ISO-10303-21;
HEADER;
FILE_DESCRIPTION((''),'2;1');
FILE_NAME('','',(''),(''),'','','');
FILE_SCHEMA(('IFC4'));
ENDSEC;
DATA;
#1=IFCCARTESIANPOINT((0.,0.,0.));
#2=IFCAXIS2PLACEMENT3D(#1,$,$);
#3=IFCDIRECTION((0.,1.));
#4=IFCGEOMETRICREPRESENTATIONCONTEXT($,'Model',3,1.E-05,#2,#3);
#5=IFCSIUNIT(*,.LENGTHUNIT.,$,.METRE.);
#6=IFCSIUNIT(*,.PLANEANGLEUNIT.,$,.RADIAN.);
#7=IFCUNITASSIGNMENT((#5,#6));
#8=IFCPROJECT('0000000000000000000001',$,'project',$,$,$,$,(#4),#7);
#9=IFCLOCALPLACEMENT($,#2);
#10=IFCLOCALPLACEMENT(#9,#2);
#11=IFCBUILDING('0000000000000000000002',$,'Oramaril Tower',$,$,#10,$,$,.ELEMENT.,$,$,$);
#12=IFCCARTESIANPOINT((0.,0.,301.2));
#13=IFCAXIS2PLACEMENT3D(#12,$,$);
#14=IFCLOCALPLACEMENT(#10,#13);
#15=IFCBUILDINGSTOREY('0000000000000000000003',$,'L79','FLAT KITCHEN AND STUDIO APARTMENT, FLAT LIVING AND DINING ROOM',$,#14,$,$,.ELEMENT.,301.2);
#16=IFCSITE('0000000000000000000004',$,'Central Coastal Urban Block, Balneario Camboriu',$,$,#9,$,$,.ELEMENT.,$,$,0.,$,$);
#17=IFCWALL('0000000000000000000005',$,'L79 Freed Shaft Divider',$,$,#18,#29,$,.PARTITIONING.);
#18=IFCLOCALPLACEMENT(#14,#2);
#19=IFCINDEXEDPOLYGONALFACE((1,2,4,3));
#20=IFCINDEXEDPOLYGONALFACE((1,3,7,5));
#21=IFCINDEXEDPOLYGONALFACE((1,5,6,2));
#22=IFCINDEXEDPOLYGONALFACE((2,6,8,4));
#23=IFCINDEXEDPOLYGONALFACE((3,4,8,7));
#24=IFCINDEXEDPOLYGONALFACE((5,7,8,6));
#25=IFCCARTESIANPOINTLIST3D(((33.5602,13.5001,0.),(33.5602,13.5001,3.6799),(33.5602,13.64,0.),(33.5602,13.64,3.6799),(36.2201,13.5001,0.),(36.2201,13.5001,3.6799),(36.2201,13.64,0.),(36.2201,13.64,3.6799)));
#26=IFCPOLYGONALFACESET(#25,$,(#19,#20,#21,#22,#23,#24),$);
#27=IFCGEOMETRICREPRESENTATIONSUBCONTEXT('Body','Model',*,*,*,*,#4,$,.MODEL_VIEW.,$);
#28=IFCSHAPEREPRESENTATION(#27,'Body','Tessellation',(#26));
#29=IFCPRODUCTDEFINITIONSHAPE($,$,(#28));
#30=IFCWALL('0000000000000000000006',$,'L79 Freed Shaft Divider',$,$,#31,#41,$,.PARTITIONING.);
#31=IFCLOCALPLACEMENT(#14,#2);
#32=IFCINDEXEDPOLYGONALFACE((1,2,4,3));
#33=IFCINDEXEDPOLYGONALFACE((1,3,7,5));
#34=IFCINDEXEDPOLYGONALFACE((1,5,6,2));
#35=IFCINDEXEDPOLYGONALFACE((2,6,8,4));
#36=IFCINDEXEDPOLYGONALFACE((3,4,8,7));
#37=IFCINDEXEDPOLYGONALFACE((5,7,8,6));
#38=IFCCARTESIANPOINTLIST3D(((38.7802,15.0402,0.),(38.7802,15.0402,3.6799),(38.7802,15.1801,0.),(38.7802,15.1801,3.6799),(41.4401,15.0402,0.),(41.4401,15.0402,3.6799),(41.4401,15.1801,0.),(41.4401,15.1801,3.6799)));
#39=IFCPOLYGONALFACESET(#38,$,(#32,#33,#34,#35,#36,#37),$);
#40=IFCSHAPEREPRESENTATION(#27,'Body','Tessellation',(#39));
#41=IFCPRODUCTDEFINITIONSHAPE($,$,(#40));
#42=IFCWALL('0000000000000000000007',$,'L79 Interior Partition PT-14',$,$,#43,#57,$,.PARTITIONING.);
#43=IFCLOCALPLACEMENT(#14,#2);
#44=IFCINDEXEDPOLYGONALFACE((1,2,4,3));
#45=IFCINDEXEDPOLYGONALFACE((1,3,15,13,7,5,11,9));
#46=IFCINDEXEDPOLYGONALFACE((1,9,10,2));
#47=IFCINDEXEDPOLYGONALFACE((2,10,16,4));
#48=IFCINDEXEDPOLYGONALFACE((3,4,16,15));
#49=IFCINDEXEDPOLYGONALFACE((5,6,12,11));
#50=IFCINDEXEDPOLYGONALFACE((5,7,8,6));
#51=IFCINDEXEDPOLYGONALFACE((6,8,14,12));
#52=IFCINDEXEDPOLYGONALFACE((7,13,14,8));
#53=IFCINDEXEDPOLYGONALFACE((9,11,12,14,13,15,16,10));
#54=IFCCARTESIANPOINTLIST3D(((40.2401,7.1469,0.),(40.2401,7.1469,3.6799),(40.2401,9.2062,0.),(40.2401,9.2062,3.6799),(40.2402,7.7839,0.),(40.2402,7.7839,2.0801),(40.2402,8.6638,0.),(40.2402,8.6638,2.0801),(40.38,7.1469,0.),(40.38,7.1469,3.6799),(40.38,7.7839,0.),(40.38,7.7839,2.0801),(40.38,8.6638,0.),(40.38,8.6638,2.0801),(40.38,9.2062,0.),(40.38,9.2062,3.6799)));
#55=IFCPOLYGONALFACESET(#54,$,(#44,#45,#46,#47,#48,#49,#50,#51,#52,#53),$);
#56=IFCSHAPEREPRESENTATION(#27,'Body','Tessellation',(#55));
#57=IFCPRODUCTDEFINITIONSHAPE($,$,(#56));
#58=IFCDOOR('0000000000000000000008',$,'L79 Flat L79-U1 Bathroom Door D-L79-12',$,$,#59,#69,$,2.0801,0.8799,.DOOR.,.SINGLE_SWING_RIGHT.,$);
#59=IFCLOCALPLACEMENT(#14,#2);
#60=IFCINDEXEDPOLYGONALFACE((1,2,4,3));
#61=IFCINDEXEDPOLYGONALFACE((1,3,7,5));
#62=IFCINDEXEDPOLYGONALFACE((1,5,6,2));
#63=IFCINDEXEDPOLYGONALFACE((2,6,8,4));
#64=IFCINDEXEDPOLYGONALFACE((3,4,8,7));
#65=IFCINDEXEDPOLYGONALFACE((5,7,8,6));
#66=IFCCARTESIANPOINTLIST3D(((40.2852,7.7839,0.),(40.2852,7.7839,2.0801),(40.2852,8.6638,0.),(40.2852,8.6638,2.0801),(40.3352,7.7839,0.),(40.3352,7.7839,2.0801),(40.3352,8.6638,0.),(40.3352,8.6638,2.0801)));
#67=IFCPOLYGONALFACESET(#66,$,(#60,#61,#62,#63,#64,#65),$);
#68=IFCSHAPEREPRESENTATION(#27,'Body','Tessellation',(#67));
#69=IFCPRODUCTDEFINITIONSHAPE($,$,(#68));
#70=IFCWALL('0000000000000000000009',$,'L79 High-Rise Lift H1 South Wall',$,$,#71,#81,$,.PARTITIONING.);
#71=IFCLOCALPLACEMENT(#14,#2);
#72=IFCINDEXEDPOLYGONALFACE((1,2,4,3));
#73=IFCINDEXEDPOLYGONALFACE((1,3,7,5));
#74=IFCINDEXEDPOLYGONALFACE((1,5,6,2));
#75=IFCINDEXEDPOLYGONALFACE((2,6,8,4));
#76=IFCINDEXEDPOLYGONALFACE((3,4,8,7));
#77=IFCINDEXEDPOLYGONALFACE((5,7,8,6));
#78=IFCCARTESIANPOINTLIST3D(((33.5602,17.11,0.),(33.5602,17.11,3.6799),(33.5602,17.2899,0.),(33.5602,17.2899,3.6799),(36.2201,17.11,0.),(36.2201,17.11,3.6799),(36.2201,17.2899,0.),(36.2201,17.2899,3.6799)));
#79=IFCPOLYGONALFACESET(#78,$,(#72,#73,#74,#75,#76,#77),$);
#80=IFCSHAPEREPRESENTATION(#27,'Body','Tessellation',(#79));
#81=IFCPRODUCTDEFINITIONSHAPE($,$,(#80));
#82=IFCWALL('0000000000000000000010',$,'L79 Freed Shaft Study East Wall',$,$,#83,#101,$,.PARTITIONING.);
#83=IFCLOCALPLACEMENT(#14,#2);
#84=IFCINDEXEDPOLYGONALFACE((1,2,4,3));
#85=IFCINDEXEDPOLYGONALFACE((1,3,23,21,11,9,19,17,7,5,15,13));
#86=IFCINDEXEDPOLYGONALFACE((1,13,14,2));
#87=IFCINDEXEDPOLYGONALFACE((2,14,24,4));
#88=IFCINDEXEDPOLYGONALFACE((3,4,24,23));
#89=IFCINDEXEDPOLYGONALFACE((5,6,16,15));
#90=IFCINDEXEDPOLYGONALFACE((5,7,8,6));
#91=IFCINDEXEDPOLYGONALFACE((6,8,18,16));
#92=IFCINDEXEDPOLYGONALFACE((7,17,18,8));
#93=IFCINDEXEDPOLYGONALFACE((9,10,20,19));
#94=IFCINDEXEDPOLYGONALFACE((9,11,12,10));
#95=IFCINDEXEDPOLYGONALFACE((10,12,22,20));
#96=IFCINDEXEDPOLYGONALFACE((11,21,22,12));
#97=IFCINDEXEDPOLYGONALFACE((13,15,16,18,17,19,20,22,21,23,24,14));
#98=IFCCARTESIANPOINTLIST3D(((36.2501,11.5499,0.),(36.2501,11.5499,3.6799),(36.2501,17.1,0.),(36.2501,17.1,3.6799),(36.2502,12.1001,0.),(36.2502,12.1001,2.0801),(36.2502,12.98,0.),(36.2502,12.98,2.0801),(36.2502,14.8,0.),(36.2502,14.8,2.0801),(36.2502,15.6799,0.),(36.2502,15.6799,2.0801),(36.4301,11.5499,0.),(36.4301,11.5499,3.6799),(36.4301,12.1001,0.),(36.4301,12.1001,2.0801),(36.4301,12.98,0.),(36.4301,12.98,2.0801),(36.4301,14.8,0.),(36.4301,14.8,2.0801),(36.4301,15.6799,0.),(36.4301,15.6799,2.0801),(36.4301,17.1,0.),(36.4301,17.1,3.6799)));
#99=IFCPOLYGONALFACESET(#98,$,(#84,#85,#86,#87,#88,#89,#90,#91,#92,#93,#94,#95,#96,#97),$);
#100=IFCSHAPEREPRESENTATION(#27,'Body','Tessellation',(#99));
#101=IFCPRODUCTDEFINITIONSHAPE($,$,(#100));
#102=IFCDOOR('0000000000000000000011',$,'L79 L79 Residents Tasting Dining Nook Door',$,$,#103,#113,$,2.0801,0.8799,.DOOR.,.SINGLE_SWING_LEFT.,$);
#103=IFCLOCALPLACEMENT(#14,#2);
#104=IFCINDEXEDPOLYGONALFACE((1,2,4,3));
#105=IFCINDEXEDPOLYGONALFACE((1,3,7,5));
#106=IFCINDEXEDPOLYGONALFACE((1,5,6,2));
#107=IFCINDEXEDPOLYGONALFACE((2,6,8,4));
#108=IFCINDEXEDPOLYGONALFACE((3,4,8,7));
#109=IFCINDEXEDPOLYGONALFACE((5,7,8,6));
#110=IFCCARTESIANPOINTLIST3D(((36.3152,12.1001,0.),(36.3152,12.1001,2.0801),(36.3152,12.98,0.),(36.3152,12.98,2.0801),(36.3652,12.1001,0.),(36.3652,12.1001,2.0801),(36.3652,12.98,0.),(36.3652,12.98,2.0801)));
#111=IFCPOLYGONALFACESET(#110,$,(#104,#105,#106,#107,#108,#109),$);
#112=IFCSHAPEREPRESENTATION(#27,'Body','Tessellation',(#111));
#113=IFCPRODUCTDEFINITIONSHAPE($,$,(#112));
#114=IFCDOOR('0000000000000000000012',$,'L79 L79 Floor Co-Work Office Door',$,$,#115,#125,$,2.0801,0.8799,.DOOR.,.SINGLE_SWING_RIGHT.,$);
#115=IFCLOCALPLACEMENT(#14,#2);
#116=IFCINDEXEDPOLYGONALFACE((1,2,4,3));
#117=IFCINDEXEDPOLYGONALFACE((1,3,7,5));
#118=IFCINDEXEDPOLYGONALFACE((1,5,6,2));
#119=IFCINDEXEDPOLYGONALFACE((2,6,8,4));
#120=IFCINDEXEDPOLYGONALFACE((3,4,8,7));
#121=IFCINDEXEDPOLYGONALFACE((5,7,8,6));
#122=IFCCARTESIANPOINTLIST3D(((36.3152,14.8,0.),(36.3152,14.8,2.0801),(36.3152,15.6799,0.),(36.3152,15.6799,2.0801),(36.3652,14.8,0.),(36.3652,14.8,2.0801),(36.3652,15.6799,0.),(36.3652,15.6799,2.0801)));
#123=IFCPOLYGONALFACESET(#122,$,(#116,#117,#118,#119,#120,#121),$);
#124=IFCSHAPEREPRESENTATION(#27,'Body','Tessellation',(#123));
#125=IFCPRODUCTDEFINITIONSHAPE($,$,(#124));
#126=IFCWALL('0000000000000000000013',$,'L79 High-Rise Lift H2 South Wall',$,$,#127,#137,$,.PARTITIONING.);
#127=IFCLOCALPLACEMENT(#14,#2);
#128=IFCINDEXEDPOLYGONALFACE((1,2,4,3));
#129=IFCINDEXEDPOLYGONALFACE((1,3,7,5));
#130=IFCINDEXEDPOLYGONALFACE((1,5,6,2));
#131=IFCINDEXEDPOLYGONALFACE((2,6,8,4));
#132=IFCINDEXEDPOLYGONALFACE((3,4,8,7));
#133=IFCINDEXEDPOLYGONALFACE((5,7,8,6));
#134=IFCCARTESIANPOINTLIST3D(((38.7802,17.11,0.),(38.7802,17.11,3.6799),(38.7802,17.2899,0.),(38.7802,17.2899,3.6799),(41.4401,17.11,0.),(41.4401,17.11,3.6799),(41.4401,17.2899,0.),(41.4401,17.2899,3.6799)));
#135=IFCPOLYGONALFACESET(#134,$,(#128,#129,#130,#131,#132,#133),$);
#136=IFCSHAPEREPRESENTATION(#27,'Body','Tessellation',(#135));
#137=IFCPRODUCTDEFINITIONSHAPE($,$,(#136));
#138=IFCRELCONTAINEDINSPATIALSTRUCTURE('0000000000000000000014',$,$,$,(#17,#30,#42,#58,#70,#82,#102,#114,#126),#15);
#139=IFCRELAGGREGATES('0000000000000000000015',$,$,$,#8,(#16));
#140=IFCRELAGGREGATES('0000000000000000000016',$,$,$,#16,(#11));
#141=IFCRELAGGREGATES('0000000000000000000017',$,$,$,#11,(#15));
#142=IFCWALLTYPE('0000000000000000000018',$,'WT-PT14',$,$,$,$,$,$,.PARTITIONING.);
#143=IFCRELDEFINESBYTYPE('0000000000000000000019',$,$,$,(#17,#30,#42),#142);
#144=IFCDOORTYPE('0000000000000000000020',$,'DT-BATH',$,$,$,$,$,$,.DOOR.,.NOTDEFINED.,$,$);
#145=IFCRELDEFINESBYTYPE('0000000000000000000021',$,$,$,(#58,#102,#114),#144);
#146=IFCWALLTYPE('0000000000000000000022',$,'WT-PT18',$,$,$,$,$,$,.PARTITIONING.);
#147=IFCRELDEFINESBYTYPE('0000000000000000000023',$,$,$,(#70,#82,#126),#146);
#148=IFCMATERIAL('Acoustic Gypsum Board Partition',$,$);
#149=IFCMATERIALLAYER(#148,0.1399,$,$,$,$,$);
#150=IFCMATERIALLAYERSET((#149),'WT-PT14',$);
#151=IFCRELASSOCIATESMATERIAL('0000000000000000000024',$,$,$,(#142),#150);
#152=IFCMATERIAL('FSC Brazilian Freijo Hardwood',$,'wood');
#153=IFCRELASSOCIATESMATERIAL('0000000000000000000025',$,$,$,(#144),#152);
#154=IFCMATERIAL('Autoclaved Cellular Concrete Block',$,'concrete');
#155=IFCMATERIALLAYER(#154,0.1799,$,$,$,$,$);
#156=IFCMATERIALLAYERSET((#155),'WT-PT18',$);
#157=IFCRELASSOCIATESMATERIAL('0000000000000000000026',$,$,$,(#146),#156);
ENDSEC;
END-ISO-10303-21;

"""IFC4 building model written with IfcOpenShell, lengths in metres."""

from ifc_helpers import new_model, si_unit, direction, frame, frame_2d, origin, place, context, subcontext, project, spatial, rectangle, extrude, material, layer, layer_set, type_object, element, fill, save


model = new_model("IFC4")

# Units and contexts
model_context = context("Model", 3, precision=1e-05, world=origin(), true_north=direction((0.0, 1.0)))
body_context = subcontext(model_context, "Body", "Model", "MODEL_VIEW")
ifc_project = project(units=[si_unit("LENGTHUNIT", "METRE"), si_unit("PLANEANGLEUNIT", "RADIAN")], contexts=[model_context])

# Site, building, storey
site_placement = place(None, origin())
site = spatial("IfcSite", under=ifc_project, at=site_placement, Name="Central Coastal Urban Block, Balneario Camboriu", CompositionType="ELEMENT", RefElevation=0.0)
building_placement = place(site_placement, origin())
building = spatial("IfcBuilding", under=site, at=building_placement, Name="Oramaril Tower", CompositionType="ELEMENT")
storey_placement = place(building_placement, frame((0.0, 0.0, 301.2)))
storey = spatial("IfcBuildingStorey", under=building, at=storey_placement, Name="L79", Description="FLAT KITCHEN AND STUDIO APARTMENT, FLAT LIVING AND DINING ROOM", CompositionType="ELEMENT", Elevation=301.2)

# Walls
ifc_material_1 = material(Name="Acoustic Gypsum Board Partition")
ifc_layer_1 = layer(ifc_material_1, 0.1399)
ifc_layer_set_1 = layer_set([ifc_layer_1], Name="WT-PT14")
wall_type_1 = type_object("IfcWallType", Name="WT-PT14", PredefinedType="PARTITIONING", material=ifc_layer_set_1)
for number, where, z_axis, x_axis, name in (
    (1, (33.5601, 13.5701, 0.0), (0.0, 0.0, 1.0), (1.0, 0.0, 0.0), "L79 Freed Shaft Divider"),
    (2, (38.78, 15.1101, 0.0), (0.0, 0.0, 1.0), (1.0, 0.0, 0.0), "L79 Freed Shaft Divider"),
):
    element("IfcWall", number, at=place(storey_placement, frame(where, z_axis=z_axis, x_axis=x_axis)), inside=storey, type_object=wall_type_1, Name=name, PredefinedType="PARTITIONING", context=body_context, shape_type="SweptSolid", body=[
        extrude(rectangle(XDim=2.6599, YDim=0.1399, at=frame_2d((1.3301, 0.0))), origin(), (0.0, 0.0, 1.0), 3.6799),
    ])

# Wall, opening, door
wall_1_placement = place(storey_placement, frame((40.3101, 7.1467, 0.0), z_axis=(0.0, 0.0, 1.0), x_axis=(0.0, 1.0, 0.0)))
wall_1 = element("IfcWall", 3, at=wall_1_placement, inside=storey, type_object=wall_type_1, Name="L79 Interior Partition PT-14", PredefinedType="PARTITIONING", context=body_context, shape_type="SweptSolid", body=[
    extrude(rectangle(XDim=2.0593, YDim=0.1399, at=frame_2d((1.0298, 0.0))), origin(), (0.0, 0.0, 1.0), 3.6799),
])
opening_1_placement = place(wall_1_placement, frame((0.6372, 0.0, 0.0)))
opening_1 = element("IfcOpeningElement", 4, at=opening_1_placement, cuts=wall_1, PredefinedType="OPENING", context=body_context, shape_type="SweptSolid", body=[
    extrude(rectangle(XDim=0.8799, YDim=2.0801, at=frame_2d((0.4399, 1.04))), frame((0.0, 0.0698, 0.0), z_axis=(0.0, -1.0, 0.0), x_axis=(1.0, 0.0, 0.0)), (0.0, 0.0, 1.0), 0.1399),
])
ifc_material_2 = material(Name="FSC Brazilian Freijo Hardwood", Category="wood")
door_type_1 = type_object("IfcDoorType", Name="DT-BATH", OperationType="NOTDEFINED", PredefinedType="DOOR", material=ifc_material_2)
door_1_placement = place(opening_1_placement, origin())
door_1 = element("IfcDoor", 5, at=door_1_placement, inside=storey, type_object=door_type_1, Name="L79 Flat L79-U1 Bathroom Door D-L79-12", OperationType="SINGLE_SWING_RIGHT", OverallHeight=2.0801, OverallWidth=0.8799, PredefinedType="DOOR", context=body_context, shape_type="SweptSolid", body=[
    extrude(rectangle(XDim=0.8799, YDim=2.0801, at=frame_2d((0.4399, 1.04))), frame((0.0, 0.0249, 0.0), z_axis=(0.0, -1.0, 0.0), x_axis=(1.0, 0.0, 0.0)), (0.0, 0.0, 1.0), 0.05),
])
fill(opening_1, door_1)

# Wall
ifc_material_3 = material(Name="Autoclaved Cellular Concrete Block", Category="concrete")
ifc_layer_2 = layer(ifc_material_3, 0.1799)
ifc_layer_set_2 = layer_set([ifc_layer_2], Name="WT-PT18")
wall_type_2 = type_object("IfcWallType", Name="WT-PT18", PredefinedType="PARTITIONING", material=ifc_layer_set_2)
wall_2_placement = place(storey_placement, frame((33.5601, 17.2, 0.0), z_axis=(0.0, 0.0, 1.0), x_axis=(1.0, 0.0, 0.0)))
element("IfcWall", 6, at=wall_2_placement, inside=storey, type_object=wall_type_2, Name="L79 High-Rise Lift H1 South Wall", PredefinedType="PARTITIONING", context=body_context, shape_type="SweptSolid", body=[
    extrude(rectangle(XDim=2.6599, YDim=0.1799, at=frame_2d((1.3301, 0.0))), origin(), (0.0, 0.0, 1.0), 3.6799),
])

# Wall, openings, doors
wall_3_placement = place(storey_placement, frame((36.3401, 11.55, 0.0), z_axis=(0.0, 0.0, 1.0), x_axis=(0.0, 1.0, 0.0)))
wall_3 = element("IfcWall", 7, at=wall_3_placement, inside=storey, type_object=wall_type_2, Name="L79 Freed Shaft Study East Wall", PredefinedType="PARTITIONING", context=body_context, shape_type="SweptSolid", body=[
    extrude(rectangle(XDim=5.55, YDim=0.1799, at=frame_2d((2.7749, 0.0))), origin(), (0.0, 0.0, 1.0), 3.6799),
])
opening_2_placement = place(wall_3_placement, frame((0.55, 0.0, 0.0)))
opening_2 = element("IfcOpeningElement", 8, at=opening_2_placement, cuts=wall_3, PredefinedType="OPENING", context=body_context, shape_type="SweptSolid", body=[
    extrude(rectangle(XDim=0.8799, YDim=2.0801, at=frame_2d((0.4399, 1.04))), frame((0.0, 0.0898, 0.0), z_axis=(0.0, -1.0, 0.0), x_axis=(1.0, 0.0, 0.0)), (0.0, 0.0, 1.0), 0.1799),
])
opening_3_placement = place(wall_3_placement, frame((3.25, 0.0, 0.0)))
opening_3 = element("IfcOpeningElement", 9, at=opening_3_placement, cuts=wall_3, PredefinedType="OPENING", context=body_context, shape_type="SweptSolid", body=[
    extrude(rectangle(XDim=0.8799, YDim=2.0801, at=frame_2d((0.4399, 1.04))), frame((0.0, 0.0898, 0.0), z_axis=(0.0, -1.0, 0.0), x_axis=(1.0, 0.0, 0.0)), (0.0, 0.0, 1.0), 0.1799),
])
door_2_placement = place(opening_2_placement, origin())
door_2 = element("IfcDoor", 10, at=door_2_placement, inside=storey, type_object=door_type_1, Name="L79 L79 Residents Tasting Dining Nook Door", OperationType="SINGLE_SWING_LEFT", OverallHeight=2.0801, OverallWidth=0.8799, PredefinedType="DOOR", context=body_context, shape_type="SweptSolid", body=[
    extrude(rectangle(XDim=0.8799, YDim=2.0801, at=frame_2d((0.4399, 1.04))), frame((0.0, 0.0249, 0.0), z_axis=(0.0, -1.0, 0.0), x_axis=(1.0, 0.0, 0.0)), (0.0, 0.0, 1.0), 0.05),
])
fill(opening_2, door_2)
door_3_placement = place(opening_3_placement, origin())
door_3 = element("IfcDoor", 11, at=door_3_placement, inside=storey, type_object=door_type_1, Name="L79 L79 Floor Co-Work Office Door", OperationType="SINGLE_SWING_RIGHT", OverallHeight=2.0801, OverallWidth=0.8799, PredefinedType="DOOR", context=body_context, shape_type="SweptSolid", body=[
    extrude(rectangle(XDim=0.8799, YDim=2.0801, at=frame_2d((0.4399, 1.04))), frame((0.0, 0.0249, 0.0), z_axis=(0.0, -1.0, 0.0), x_axis=(1.0, 0.0, 0.0)), (0.0, 0.0, 1.0), 0.05),
])
fill(opening_3, door_3)

# Wall
wall_4_placement = place(storey_placement, frame((38.78, 17.2, 0.0), z_axis=(0.0, 0.0, 1.0), x_axis=(1.0, 0.0, 0.0)))
element("IfcWall", 12, at=wall_4_placement, inside=storey, type_object=wall_type_2, Name="L79 High-Rise Lift H2 South Wall", PredefinedType="PARTITIONING", context=body_context, shape_type="SweptSolid", body=[
    extrude(rectangle(XDim=2.6599, YDim=0.1799, at=frame_2d((1.3301, 0.0))), origin(), (0.0, 0.0, 1.0), 3.6799),
])

save(model, "model.ifc")
